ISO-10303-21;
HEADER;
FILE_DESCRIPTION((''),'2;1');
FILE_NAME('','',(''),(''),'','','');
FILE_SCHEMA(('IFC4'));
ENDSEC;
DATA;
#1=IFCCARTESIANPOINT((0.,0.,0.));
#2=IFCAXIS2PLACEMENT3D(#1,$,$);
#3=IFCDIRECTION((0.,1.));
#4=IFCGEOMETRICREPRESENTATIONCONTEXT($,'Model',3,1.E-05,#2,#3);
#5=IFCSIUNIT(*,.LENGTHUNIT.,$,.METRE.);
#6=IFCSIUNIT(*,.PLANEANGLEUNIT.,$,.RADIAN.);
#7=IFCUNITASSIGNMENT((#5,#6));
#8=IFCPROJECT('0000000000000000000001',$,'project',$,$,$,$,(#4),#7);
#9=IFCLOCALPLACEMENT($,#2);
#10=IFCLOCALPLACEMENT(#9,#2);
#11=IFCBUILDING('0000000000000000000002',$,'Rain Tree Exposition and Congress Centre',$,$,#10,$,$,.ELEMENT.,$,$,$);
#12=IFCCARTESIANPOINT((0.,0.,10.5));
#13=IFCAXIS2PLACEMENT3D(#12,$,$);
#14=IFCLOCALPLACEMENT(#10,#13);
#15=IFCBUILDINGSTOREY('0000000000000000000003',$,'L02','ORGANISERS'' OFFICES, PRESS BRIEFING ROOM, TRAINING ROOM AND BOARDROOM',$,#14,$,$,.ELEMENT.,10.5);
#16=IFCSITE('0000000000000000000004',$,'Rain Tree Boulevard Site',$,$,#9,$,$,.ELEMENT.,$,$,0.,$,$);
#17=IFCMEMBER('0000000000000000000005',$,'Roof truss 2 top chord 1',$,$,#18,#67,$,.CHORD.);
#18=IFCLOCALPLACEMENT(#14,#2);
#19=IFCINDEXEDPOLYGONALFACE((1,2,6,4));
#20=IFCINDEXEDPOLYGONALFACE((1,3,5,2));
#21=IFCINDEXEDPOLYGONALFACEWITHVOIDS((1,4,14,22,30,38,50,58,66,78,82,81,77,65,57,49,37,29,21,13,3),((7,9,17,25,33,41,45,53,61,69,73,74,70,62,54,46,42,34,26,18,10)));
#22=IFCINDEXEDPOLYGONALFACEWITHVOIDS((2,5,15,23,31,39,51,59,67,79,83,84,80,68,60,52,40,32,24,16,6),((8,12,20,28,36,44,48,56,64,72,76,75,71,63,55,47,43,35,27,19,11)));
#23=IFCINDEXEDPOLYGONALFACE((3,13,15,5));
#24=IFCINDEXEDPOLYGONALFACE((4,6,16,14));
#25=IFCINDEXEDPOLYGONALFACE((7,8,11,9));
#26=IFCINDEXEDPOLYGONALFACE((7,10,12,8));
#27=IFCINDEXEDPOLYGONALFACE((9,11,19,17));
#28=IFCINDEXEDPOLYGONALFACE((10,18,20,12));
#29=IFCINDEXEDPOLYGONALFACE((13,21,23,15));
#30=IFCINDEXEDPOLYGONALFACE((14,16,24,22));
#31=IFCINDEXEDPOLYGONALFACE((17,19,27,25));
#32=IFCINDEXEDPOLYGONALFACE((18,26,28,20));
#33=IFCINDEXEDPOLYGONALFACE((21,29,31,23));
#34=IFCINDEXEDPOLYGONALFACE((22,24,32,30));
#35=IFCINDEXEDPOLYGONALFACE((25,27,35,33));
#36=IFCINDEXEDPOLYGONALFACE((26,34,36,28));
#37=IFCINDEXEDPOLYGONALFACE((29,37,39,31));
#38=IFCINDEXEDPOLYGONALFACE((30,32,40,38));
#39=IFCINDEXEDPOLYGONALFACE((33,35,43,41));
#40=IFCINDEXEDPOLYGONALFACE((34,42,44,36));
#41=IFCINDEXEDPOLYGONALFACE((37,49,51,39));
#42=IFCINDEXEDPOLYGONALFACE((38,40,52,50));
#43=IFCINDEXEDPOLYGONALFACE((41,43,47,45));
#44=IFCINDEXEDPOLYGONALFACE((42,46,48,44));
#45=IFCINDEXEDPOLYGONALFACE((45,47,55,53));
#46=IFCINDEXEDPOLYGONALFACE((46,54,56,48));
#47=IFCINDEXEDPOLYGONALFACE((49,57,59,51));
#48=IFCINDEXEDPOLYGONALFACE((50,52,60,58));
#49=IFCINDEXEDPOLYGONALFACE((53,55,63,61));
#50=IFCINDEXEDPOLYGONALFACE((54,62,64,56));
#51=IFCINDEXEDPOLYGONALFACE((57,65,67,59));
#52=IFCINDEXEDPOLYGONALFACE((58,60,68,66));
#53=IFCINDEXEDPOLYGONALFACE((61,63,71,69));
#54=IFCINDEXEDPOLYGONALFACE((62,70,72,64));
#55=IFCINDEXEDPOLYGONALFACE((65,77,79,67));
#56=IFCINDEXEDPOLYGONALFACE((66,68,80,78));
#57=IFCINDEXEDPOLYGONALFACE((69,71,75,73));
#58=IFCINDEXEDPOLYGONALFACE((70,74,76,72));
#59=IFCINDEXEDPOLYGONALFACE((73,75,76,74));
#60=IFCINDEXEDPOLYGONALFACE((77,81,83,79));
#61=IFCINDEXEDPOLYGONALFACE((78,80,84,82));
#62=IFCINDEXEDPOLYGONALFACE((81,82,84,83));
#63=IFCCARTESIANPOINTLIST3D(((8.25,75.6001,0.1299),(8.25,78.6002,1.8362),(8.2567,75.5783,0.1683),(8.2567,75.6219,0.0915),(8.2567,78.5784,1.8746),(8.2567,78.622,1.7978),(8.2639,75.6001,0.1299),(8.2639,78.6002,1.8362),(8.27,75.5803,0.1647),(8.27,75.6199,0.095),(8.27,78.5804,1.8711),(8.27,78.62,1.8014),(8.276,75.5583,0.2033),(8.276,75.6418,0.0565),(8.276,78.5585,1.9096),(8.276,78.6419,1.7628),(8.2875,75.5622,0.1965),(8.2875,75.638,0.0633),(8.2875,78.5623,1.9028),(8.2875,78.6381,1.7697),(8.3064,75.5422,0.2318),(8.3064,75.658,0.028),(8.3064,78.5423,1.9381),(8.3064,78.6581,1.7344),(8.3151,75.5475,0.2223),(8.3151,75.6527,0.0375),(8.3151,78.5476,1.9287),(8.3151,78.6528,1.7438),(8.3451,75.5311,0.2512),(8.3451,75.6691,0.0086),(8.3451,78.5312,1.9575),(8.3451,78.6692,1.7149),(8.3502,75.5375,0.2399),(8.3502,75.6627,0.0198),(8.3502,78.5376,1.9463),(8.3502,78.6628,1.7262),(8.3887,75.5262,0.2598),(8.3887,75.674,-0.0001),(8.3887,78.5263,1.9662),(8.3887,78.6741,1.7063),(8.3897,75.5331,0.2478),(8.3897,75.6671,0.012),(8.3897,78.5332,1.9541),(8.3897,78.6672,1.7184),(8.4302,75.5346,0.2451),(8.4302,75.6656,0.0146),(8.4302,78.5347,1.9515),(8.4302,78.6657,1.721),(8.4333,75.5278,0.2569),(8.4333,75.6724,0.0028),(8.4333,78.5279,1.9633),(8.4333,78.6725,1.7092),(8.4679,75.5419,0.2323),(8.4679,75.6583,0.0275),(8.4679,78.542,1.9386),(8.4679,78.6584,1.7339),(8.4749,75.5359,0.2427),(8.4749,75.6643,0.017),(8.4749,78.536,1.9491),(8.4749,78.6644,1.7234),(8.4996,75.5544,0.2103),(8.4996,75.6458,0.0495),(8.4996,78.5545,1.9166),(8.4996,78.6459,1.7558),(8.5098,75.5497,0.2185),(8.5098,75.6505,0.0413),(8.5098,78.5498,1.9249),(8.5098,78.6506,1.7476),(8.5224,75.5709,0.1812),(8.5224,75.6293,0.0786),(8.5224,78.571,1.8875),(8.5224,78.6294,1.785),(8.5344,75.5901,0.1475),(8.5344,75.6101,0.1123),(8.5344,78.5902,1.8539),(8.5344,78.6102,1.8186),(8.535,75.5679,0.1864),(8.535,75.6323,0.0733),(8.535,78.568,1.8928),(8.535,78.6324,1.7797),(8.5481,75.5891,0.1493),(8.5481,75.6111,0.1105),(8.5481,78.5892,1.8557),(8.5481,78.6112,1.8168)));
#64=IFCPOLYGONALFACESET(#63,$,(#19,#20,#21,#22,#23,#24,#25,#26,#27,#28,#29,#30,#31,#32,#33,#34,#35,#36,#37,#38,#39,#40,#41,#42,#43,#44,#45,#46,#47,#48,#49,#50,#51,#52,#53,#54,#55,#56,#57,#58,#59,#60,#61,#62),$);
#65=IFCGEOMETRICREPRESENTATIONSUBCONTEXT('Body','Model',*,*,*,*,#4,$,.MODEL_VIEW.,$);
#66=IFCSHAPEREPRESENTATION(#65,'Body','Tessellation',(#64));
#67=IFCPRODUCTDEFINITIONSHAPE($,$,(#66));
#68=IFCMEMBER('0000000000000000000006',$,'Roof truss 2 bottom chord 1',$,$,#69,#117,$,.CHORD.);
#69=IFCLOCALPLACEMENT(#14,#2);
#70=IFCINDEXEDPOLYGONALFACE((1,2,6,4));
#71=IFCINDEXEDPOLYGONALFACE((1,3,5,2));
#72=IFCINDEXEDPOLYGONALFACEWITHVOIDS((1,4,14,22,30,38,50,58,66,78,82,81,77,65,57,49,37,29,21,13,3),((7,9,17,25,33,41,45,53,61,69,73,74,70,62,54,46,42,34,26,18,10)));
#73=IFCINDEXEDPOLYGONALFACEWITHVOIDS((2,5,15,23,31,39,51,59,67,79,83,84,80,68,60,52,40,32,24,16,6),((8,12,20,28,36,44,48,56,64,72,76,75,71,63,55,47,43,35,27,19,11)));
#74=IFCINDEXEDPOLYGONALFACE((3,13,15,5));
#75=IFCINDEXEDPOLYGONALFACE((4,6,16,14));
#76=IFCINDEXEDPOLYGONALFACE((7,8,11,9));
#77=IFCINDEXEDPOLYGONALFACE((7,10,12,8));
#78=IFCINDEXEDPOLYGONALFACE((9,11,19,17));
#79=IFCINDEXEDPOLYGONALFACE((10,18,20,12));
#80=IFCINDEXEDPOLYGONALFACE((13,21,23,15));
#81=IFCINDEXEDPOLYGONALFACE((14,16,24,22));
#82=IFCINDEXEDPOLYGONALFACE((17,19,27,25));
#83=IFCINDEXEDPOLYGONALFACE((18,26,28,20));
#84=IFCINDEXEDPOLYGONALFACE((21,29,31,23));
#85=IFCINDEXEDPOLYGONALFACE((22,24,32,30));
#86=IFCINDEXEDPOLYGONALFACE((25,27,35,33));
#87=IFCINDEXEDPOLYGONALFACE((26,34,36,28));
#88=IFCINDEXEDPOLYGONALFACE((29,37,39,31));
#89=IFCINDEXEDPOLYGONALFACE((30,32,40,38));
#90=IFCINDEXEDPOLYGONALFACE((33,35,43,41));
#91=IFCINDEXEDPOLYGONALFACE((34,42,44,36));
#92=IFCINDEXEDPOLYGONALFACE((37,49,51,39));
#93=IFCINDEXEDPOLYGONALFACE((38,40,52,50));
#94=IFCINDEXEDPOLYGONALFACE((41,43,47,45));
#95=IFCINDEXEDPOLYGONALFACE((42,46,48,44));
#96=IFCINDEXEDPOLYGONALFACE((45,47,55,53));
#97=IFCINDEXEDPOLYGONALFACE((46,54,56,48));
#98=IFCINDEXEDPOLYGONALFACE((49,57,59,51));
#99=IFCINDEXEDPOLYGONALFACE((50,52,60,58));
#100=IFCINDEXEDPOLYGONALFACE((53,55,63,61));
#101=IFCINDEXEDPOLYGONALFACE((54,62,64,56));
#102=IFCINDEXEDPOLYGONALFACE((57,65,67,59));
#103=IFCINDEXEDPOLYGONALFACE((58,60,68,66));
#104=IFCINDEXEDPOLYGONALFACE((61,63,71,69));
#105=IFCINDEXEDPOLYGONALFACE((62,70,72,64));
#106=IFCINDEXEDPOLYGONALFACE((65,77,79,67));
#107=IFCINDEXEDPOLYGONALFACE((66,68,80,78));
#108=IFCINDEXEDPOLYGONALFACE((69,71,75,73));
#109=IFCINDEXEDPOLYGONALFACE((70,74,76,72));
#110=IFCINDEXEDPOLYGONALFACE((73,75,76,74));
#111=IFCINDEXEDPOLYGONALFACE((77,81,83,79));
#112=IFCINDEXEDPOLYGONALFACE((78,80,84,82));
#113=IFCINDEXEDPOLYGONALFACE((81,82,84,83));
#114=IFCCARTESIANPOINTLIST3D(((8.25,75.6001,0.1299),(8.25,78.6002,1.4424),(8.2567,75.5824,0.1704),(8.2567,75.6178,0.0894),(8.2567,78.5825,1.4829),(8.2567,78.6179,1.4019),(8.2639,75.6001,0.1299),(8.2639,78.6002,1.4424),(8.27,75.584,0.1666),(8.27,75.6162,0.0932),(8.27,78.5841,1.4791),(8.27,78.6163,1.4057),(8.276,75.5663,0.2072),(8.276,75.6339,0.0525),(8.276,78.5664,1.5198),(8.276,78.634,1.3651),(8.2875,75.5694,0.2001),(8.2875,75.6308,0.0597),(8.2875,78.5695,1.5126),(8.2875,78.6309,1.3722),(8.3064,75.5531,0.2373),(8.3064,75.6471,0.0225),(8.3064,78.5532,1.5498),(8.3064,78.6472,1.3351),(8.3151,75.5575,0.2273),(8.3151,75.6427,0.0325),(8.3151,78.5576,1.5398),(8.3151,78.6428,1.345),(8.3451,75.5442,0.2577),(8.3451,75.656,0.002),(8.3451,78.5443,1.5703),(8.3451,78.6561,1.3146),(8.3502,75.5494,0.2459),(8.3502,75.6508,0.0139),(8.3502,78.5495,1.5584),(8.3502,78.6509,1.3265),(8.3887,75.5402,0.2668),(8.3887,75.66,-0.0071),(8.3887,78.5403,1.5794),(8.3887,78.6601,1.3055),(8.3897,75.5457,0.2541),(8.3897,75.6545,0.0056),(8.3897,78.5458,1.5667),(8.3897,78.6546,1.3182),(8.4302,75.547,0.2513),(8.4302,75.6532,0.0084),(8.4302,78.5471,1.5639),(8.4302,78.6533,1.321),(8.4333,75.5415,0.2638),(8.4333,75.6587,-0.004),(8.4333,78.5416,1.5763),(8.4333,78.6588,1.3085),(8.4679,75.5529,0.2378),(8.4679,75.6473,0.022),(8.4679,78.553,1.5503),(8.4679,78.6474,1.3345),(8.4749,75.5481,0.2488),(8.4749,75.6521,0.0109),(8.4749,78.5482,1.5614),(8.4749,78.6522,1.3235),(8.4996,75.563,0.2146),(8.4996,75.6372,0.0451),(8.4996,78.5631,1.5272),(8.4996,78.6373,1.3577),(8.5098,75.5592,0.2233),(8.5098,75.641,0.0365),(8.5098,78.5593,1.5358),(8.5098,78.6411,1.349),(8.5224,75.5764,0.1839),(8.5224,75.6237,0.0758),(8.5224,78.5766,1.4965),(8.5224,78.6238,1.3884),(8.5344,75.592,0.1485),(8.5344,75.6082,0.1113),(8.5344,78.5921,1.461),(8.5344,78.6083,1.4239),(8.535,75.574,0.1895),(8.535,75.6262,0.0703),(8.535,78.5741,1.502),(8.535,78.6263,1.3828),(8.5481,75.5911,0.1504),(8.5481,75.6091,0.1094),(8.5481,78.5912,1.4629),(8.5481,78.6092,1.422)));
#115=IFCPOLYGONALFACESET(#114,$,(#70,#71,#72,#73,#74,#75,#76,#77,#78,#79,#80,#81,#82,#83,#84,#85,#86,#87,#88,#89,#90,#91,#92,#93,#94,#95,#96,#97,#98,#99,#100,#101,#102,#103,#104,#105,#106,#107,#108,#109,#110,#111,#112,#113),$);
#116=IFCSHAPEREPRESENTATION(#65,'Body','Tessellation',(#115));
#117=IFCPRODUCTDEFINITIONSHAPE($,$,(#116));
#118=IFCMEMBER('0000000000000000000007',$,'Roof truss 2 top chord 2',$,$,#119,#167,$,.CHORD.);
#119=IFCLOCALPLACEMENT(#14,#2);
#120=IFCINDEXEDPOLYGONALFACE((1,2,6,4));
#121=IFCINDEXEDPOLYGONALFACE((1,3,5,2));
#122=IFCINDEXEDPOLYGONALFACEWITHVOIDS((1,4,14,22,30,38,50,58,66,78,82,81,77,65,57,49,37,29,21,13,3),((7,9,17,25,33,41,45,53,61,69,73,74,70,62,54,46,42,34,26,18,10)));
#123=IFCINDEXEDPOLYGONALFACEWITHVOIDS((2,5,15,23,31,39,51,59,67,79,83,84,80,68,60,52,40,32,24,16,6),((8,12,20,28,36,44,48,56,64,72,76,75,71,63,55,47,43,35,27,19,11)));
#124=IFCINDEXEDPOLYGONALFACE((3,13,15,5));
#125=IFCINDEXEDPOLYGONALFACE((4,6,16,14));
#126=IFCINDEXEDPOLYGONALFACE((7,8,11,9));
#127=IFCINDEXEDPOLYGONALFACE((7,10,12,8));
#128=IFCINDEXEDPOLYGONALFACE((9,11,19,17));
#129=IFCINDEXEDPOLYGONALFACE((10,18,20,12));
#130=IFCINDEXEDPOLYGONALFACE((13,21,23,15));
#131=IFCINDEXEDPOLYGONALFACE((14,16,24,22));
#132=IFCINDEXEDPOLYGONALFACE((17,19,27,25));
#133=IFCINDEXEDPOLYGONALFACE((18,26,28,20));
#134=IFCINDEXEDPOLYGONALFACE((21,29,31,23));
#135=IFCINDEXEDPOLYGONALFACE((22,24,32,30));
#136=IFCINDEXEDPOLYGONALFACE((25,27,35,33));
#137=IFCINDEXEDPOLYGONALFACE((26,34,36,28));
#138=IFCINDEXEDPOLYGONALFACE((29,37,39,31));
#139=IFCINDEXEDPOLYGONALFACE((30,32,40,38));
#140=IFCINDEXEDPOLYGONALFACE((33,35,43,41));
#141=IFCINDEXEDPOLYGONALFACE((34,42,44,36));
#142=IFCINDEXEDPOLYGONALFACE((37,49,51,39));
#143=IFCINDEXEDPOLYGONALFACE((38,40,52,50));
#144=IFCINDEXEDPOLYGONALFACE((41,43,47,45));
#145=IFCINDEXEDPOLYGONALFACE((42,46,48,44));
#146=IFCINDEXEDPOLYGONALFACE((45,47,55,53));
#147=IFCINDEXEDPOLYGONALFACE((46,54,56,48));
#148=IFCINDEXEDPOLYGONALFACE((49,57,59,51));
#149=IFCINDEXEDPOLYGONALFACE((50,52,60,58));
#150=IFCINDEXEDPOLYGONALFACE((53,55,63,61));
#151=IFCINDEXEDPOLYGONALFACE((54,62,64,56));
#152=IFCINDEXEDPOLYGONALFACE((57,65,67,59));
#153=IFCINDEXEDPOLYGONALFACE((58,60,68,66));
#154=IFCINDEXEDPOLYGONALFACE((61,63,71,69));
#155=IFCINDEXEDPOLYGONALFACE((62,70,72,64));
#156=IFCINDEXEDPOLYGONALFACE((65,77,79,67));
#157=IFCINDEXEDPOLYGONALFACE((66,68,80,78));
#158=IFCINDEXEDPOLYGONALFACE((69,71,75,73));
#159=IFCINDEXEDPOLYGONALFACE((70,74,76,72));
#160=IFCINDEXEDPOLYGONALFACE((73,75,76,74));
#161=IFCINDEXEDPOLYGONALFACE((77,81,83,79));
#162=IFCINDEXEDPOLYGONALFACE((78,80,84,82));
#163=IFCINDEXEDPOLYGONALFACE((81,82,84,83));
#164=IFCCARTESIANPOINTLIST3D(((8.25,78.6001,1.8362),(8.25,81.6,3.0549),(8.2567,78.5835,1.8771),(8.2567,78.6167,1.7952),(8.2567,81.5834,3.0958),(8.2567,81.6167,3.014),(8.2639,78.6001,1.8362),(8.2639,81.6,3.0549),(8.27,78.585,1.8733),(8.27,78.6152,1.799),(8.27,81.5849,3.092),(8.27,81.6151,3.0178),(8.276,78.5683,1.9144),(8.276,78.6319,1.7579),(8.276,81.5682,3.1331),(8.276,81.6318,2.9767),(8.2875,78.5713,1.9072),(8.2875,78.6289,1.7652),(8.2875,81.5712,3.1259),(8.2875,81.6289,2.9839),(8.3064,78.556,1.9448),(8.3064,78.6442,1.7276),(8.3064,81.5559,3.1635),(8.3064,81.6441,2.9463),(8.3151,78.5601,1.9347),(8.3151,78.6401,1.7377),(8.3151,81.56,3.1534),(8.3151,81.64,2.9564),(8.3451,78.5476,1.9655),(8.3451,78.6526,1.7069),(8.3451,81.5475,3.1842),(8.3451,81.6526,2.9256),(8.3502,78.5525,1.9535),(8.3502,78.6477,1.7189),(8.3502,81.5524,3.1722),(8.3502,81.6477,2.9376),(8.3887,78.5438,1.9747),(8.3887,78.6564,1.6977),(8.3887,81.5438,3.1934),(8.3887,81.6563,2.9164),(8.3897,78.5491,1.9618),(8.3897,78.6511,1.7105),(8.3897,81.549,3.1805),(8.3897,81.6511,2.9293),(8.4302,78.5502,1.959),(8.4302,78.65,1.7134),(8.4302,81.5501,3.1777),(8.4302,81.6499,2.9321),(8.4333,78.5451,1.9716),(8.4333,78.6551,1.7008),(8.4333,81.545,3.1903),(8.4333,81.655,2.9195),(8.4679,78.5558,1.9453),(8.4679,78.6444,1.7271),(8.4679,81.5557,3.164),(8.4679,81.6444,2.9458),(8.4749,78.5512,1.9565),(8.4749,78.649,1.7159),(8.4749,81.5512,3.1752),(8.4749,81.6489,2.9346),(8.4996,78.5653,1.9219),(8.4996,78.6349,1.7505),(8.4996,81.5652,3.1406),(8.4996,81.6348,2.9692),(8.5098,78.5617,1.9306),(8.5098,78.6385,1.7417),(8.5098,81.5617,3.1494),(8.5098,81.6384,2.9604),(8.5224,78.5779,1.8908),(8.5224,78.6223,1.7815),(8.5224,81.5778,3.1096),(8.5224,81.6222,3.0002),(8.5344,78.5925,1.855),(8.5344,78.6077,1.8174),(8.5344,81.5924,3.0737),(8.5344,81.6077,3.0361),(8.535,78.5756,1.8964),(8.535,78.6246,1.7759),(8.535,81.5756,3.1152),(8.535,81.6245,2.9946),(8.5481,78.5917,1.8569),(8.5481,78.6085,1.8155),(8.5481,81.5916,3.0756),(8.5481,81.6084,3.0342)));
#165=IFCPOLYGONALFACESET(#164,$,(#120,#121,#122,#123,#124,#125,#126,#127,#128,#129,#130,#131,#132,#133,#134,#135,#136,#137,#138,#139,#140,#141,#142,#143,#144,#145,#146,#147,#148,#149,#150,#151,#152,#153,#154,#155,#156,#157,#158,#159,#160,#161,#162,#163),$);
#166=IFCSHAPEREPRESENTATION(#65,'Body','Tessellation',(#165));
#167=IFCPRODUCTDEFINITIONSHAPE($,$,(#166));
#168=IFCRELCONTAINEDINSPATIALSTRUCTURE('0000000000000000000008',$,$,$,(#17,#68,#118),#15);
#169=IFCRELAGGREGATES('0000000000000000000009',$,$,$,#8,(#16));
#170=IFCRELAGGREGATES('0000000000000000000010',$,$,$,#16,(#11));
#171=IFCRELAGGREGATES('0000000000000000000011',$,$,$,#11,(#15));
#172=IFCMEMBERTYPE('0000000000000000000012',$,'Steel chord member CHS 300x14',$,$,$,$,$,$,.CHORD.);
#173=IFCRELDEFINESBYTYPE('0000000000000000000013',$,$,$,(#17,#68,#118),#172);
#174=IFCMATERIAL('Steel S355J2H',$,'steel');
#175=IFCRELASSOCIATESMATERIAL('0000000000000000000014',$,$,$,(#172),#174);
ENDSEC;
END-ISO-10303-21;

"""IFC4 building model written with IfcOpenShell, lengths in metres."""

from ifc_helpers import new_model, si_unit, direction, frame, origin, origin_2d, place, context, subcontext, project, spatial, hollow_circle, extrude, material, material_profile, profile_set, type_object, element, save


model = new_model("IFC4")

# Units and contexts
model_context = context("Model", 3, precision=1e-05, world=origin(), true_north=direction((0.0, 1.0)))
body_context = subcontext(model_context, "Body", "Model", "MODEL_VIEW")
ifc_project = project(units=[si_unit("LENGTHUNIT", "METRE"), si_unit("PLANEANGLEUNIT", "RADIAN")], contexts=[model_context])

# Site, building, storey
site_placement = place(None, origin())
site = spatial("IfcSite", under=ifc_project, at=site_placement, Name="Rain Tree Boulevard Site", CompositionType="ELEMENT", RefElevation=0.0)
building_placement = place(site_placement, origin())
building = spatial("IfcBuilding", under=site, at=building_placement, Name="Rain Tree Exposition and Congress Centre", CompositionType="ELEMENT")
storey_placement = place(building_placement, frame((0.0, 0.0, 10.5)))
storey = spatial("IfcBuildingStorey", under=building, at=storey_placement, Name="L02", Description="ORGANISERS' OFFICES, PRESS BRIEFING ROOM, TRAINING ROOM AND BOARDROOM", CompositionType="ELEMENT", Elevation=10.5)

# Members
ifc_material_1 = material(Name="Steel S355J2H", Category="steel")
ifc_material_profile_1 = material_profile(ifc_material_1, hollow_circle(Radius=0.1499, WallThickness=0.0139, at=origin_2d()), Name="CHS 300x14")
ifc_profile_set_1 = profile_set([ifc_material_profile_1], Name="Steel S355J2H")
member_type_1 = type_object("IfcMemberType", Name="Steel chord member CHS 300x14", PredefinedType="CHORD", material=ifc_profile_set_1)
member_1_placement = place(storey_placement, frame((8.3999, 75.6001, 0.1299), z_axis=(0.0, 0.869238, 0.494393), x_axis=(-1.0, 0.0, 0.0)))
element("IfcMember", 1, at=member_1_placement, inside=storey, type_object=member_type_1, Name="Roof truss 2 top chord 1", PredefinedType="CHORD", context=body_context, shape_type="SweptSolid", body=[
    extrude(hollow_circle(Radius=0.1499, WallThickness=0.0139, at=origin_2d()), origin(), (0.0, 0.0, 1.0), 3.4514),
])
member_2_placement = place(storey_placement, frame((8.3999, 75.6001, 0.1299), z_axis=(0.0, 0.916157, 0.400819), x_axis=(-1.0, 0.0, 0.0)))
element("IfcMember", 2, at=member_2_placement, inside=storey, type_object=member_type_1, Name="Roof truss 2 bottom chord 1", PredefinedType="CHORD", context=body_context, shape_type="SweptSolid", body=[
    extrude(hollow_circle(Radius=0.1499, WallThickness=0.0139, at=origin_2d()), origin(), (0.0, 0.0, 1.0), 3.2747),
])
member_3_placement = place(storey_placement, frame((8.3999, 78.6001, 1.8362), z_axis=(0.0, 0.926467, 0.376377), x_axis=(-1.0, 0.0, 0.0)))
element("IfcMember", 3, at=member_3_placement, inside=storey, type_object=member_type_1, Name="Roof truss 2 top chord 2", PredefinedType="CHORD", context=body_context, shape_type="SweptSolid", body=[
    extrude(hollow_circle(Radius=0.1499, WallThickness=0.0139, at=origin_2d()), origin(), (0.0, 0.0, 1.0), 3.238),
])

save(model, "model.ifc")
